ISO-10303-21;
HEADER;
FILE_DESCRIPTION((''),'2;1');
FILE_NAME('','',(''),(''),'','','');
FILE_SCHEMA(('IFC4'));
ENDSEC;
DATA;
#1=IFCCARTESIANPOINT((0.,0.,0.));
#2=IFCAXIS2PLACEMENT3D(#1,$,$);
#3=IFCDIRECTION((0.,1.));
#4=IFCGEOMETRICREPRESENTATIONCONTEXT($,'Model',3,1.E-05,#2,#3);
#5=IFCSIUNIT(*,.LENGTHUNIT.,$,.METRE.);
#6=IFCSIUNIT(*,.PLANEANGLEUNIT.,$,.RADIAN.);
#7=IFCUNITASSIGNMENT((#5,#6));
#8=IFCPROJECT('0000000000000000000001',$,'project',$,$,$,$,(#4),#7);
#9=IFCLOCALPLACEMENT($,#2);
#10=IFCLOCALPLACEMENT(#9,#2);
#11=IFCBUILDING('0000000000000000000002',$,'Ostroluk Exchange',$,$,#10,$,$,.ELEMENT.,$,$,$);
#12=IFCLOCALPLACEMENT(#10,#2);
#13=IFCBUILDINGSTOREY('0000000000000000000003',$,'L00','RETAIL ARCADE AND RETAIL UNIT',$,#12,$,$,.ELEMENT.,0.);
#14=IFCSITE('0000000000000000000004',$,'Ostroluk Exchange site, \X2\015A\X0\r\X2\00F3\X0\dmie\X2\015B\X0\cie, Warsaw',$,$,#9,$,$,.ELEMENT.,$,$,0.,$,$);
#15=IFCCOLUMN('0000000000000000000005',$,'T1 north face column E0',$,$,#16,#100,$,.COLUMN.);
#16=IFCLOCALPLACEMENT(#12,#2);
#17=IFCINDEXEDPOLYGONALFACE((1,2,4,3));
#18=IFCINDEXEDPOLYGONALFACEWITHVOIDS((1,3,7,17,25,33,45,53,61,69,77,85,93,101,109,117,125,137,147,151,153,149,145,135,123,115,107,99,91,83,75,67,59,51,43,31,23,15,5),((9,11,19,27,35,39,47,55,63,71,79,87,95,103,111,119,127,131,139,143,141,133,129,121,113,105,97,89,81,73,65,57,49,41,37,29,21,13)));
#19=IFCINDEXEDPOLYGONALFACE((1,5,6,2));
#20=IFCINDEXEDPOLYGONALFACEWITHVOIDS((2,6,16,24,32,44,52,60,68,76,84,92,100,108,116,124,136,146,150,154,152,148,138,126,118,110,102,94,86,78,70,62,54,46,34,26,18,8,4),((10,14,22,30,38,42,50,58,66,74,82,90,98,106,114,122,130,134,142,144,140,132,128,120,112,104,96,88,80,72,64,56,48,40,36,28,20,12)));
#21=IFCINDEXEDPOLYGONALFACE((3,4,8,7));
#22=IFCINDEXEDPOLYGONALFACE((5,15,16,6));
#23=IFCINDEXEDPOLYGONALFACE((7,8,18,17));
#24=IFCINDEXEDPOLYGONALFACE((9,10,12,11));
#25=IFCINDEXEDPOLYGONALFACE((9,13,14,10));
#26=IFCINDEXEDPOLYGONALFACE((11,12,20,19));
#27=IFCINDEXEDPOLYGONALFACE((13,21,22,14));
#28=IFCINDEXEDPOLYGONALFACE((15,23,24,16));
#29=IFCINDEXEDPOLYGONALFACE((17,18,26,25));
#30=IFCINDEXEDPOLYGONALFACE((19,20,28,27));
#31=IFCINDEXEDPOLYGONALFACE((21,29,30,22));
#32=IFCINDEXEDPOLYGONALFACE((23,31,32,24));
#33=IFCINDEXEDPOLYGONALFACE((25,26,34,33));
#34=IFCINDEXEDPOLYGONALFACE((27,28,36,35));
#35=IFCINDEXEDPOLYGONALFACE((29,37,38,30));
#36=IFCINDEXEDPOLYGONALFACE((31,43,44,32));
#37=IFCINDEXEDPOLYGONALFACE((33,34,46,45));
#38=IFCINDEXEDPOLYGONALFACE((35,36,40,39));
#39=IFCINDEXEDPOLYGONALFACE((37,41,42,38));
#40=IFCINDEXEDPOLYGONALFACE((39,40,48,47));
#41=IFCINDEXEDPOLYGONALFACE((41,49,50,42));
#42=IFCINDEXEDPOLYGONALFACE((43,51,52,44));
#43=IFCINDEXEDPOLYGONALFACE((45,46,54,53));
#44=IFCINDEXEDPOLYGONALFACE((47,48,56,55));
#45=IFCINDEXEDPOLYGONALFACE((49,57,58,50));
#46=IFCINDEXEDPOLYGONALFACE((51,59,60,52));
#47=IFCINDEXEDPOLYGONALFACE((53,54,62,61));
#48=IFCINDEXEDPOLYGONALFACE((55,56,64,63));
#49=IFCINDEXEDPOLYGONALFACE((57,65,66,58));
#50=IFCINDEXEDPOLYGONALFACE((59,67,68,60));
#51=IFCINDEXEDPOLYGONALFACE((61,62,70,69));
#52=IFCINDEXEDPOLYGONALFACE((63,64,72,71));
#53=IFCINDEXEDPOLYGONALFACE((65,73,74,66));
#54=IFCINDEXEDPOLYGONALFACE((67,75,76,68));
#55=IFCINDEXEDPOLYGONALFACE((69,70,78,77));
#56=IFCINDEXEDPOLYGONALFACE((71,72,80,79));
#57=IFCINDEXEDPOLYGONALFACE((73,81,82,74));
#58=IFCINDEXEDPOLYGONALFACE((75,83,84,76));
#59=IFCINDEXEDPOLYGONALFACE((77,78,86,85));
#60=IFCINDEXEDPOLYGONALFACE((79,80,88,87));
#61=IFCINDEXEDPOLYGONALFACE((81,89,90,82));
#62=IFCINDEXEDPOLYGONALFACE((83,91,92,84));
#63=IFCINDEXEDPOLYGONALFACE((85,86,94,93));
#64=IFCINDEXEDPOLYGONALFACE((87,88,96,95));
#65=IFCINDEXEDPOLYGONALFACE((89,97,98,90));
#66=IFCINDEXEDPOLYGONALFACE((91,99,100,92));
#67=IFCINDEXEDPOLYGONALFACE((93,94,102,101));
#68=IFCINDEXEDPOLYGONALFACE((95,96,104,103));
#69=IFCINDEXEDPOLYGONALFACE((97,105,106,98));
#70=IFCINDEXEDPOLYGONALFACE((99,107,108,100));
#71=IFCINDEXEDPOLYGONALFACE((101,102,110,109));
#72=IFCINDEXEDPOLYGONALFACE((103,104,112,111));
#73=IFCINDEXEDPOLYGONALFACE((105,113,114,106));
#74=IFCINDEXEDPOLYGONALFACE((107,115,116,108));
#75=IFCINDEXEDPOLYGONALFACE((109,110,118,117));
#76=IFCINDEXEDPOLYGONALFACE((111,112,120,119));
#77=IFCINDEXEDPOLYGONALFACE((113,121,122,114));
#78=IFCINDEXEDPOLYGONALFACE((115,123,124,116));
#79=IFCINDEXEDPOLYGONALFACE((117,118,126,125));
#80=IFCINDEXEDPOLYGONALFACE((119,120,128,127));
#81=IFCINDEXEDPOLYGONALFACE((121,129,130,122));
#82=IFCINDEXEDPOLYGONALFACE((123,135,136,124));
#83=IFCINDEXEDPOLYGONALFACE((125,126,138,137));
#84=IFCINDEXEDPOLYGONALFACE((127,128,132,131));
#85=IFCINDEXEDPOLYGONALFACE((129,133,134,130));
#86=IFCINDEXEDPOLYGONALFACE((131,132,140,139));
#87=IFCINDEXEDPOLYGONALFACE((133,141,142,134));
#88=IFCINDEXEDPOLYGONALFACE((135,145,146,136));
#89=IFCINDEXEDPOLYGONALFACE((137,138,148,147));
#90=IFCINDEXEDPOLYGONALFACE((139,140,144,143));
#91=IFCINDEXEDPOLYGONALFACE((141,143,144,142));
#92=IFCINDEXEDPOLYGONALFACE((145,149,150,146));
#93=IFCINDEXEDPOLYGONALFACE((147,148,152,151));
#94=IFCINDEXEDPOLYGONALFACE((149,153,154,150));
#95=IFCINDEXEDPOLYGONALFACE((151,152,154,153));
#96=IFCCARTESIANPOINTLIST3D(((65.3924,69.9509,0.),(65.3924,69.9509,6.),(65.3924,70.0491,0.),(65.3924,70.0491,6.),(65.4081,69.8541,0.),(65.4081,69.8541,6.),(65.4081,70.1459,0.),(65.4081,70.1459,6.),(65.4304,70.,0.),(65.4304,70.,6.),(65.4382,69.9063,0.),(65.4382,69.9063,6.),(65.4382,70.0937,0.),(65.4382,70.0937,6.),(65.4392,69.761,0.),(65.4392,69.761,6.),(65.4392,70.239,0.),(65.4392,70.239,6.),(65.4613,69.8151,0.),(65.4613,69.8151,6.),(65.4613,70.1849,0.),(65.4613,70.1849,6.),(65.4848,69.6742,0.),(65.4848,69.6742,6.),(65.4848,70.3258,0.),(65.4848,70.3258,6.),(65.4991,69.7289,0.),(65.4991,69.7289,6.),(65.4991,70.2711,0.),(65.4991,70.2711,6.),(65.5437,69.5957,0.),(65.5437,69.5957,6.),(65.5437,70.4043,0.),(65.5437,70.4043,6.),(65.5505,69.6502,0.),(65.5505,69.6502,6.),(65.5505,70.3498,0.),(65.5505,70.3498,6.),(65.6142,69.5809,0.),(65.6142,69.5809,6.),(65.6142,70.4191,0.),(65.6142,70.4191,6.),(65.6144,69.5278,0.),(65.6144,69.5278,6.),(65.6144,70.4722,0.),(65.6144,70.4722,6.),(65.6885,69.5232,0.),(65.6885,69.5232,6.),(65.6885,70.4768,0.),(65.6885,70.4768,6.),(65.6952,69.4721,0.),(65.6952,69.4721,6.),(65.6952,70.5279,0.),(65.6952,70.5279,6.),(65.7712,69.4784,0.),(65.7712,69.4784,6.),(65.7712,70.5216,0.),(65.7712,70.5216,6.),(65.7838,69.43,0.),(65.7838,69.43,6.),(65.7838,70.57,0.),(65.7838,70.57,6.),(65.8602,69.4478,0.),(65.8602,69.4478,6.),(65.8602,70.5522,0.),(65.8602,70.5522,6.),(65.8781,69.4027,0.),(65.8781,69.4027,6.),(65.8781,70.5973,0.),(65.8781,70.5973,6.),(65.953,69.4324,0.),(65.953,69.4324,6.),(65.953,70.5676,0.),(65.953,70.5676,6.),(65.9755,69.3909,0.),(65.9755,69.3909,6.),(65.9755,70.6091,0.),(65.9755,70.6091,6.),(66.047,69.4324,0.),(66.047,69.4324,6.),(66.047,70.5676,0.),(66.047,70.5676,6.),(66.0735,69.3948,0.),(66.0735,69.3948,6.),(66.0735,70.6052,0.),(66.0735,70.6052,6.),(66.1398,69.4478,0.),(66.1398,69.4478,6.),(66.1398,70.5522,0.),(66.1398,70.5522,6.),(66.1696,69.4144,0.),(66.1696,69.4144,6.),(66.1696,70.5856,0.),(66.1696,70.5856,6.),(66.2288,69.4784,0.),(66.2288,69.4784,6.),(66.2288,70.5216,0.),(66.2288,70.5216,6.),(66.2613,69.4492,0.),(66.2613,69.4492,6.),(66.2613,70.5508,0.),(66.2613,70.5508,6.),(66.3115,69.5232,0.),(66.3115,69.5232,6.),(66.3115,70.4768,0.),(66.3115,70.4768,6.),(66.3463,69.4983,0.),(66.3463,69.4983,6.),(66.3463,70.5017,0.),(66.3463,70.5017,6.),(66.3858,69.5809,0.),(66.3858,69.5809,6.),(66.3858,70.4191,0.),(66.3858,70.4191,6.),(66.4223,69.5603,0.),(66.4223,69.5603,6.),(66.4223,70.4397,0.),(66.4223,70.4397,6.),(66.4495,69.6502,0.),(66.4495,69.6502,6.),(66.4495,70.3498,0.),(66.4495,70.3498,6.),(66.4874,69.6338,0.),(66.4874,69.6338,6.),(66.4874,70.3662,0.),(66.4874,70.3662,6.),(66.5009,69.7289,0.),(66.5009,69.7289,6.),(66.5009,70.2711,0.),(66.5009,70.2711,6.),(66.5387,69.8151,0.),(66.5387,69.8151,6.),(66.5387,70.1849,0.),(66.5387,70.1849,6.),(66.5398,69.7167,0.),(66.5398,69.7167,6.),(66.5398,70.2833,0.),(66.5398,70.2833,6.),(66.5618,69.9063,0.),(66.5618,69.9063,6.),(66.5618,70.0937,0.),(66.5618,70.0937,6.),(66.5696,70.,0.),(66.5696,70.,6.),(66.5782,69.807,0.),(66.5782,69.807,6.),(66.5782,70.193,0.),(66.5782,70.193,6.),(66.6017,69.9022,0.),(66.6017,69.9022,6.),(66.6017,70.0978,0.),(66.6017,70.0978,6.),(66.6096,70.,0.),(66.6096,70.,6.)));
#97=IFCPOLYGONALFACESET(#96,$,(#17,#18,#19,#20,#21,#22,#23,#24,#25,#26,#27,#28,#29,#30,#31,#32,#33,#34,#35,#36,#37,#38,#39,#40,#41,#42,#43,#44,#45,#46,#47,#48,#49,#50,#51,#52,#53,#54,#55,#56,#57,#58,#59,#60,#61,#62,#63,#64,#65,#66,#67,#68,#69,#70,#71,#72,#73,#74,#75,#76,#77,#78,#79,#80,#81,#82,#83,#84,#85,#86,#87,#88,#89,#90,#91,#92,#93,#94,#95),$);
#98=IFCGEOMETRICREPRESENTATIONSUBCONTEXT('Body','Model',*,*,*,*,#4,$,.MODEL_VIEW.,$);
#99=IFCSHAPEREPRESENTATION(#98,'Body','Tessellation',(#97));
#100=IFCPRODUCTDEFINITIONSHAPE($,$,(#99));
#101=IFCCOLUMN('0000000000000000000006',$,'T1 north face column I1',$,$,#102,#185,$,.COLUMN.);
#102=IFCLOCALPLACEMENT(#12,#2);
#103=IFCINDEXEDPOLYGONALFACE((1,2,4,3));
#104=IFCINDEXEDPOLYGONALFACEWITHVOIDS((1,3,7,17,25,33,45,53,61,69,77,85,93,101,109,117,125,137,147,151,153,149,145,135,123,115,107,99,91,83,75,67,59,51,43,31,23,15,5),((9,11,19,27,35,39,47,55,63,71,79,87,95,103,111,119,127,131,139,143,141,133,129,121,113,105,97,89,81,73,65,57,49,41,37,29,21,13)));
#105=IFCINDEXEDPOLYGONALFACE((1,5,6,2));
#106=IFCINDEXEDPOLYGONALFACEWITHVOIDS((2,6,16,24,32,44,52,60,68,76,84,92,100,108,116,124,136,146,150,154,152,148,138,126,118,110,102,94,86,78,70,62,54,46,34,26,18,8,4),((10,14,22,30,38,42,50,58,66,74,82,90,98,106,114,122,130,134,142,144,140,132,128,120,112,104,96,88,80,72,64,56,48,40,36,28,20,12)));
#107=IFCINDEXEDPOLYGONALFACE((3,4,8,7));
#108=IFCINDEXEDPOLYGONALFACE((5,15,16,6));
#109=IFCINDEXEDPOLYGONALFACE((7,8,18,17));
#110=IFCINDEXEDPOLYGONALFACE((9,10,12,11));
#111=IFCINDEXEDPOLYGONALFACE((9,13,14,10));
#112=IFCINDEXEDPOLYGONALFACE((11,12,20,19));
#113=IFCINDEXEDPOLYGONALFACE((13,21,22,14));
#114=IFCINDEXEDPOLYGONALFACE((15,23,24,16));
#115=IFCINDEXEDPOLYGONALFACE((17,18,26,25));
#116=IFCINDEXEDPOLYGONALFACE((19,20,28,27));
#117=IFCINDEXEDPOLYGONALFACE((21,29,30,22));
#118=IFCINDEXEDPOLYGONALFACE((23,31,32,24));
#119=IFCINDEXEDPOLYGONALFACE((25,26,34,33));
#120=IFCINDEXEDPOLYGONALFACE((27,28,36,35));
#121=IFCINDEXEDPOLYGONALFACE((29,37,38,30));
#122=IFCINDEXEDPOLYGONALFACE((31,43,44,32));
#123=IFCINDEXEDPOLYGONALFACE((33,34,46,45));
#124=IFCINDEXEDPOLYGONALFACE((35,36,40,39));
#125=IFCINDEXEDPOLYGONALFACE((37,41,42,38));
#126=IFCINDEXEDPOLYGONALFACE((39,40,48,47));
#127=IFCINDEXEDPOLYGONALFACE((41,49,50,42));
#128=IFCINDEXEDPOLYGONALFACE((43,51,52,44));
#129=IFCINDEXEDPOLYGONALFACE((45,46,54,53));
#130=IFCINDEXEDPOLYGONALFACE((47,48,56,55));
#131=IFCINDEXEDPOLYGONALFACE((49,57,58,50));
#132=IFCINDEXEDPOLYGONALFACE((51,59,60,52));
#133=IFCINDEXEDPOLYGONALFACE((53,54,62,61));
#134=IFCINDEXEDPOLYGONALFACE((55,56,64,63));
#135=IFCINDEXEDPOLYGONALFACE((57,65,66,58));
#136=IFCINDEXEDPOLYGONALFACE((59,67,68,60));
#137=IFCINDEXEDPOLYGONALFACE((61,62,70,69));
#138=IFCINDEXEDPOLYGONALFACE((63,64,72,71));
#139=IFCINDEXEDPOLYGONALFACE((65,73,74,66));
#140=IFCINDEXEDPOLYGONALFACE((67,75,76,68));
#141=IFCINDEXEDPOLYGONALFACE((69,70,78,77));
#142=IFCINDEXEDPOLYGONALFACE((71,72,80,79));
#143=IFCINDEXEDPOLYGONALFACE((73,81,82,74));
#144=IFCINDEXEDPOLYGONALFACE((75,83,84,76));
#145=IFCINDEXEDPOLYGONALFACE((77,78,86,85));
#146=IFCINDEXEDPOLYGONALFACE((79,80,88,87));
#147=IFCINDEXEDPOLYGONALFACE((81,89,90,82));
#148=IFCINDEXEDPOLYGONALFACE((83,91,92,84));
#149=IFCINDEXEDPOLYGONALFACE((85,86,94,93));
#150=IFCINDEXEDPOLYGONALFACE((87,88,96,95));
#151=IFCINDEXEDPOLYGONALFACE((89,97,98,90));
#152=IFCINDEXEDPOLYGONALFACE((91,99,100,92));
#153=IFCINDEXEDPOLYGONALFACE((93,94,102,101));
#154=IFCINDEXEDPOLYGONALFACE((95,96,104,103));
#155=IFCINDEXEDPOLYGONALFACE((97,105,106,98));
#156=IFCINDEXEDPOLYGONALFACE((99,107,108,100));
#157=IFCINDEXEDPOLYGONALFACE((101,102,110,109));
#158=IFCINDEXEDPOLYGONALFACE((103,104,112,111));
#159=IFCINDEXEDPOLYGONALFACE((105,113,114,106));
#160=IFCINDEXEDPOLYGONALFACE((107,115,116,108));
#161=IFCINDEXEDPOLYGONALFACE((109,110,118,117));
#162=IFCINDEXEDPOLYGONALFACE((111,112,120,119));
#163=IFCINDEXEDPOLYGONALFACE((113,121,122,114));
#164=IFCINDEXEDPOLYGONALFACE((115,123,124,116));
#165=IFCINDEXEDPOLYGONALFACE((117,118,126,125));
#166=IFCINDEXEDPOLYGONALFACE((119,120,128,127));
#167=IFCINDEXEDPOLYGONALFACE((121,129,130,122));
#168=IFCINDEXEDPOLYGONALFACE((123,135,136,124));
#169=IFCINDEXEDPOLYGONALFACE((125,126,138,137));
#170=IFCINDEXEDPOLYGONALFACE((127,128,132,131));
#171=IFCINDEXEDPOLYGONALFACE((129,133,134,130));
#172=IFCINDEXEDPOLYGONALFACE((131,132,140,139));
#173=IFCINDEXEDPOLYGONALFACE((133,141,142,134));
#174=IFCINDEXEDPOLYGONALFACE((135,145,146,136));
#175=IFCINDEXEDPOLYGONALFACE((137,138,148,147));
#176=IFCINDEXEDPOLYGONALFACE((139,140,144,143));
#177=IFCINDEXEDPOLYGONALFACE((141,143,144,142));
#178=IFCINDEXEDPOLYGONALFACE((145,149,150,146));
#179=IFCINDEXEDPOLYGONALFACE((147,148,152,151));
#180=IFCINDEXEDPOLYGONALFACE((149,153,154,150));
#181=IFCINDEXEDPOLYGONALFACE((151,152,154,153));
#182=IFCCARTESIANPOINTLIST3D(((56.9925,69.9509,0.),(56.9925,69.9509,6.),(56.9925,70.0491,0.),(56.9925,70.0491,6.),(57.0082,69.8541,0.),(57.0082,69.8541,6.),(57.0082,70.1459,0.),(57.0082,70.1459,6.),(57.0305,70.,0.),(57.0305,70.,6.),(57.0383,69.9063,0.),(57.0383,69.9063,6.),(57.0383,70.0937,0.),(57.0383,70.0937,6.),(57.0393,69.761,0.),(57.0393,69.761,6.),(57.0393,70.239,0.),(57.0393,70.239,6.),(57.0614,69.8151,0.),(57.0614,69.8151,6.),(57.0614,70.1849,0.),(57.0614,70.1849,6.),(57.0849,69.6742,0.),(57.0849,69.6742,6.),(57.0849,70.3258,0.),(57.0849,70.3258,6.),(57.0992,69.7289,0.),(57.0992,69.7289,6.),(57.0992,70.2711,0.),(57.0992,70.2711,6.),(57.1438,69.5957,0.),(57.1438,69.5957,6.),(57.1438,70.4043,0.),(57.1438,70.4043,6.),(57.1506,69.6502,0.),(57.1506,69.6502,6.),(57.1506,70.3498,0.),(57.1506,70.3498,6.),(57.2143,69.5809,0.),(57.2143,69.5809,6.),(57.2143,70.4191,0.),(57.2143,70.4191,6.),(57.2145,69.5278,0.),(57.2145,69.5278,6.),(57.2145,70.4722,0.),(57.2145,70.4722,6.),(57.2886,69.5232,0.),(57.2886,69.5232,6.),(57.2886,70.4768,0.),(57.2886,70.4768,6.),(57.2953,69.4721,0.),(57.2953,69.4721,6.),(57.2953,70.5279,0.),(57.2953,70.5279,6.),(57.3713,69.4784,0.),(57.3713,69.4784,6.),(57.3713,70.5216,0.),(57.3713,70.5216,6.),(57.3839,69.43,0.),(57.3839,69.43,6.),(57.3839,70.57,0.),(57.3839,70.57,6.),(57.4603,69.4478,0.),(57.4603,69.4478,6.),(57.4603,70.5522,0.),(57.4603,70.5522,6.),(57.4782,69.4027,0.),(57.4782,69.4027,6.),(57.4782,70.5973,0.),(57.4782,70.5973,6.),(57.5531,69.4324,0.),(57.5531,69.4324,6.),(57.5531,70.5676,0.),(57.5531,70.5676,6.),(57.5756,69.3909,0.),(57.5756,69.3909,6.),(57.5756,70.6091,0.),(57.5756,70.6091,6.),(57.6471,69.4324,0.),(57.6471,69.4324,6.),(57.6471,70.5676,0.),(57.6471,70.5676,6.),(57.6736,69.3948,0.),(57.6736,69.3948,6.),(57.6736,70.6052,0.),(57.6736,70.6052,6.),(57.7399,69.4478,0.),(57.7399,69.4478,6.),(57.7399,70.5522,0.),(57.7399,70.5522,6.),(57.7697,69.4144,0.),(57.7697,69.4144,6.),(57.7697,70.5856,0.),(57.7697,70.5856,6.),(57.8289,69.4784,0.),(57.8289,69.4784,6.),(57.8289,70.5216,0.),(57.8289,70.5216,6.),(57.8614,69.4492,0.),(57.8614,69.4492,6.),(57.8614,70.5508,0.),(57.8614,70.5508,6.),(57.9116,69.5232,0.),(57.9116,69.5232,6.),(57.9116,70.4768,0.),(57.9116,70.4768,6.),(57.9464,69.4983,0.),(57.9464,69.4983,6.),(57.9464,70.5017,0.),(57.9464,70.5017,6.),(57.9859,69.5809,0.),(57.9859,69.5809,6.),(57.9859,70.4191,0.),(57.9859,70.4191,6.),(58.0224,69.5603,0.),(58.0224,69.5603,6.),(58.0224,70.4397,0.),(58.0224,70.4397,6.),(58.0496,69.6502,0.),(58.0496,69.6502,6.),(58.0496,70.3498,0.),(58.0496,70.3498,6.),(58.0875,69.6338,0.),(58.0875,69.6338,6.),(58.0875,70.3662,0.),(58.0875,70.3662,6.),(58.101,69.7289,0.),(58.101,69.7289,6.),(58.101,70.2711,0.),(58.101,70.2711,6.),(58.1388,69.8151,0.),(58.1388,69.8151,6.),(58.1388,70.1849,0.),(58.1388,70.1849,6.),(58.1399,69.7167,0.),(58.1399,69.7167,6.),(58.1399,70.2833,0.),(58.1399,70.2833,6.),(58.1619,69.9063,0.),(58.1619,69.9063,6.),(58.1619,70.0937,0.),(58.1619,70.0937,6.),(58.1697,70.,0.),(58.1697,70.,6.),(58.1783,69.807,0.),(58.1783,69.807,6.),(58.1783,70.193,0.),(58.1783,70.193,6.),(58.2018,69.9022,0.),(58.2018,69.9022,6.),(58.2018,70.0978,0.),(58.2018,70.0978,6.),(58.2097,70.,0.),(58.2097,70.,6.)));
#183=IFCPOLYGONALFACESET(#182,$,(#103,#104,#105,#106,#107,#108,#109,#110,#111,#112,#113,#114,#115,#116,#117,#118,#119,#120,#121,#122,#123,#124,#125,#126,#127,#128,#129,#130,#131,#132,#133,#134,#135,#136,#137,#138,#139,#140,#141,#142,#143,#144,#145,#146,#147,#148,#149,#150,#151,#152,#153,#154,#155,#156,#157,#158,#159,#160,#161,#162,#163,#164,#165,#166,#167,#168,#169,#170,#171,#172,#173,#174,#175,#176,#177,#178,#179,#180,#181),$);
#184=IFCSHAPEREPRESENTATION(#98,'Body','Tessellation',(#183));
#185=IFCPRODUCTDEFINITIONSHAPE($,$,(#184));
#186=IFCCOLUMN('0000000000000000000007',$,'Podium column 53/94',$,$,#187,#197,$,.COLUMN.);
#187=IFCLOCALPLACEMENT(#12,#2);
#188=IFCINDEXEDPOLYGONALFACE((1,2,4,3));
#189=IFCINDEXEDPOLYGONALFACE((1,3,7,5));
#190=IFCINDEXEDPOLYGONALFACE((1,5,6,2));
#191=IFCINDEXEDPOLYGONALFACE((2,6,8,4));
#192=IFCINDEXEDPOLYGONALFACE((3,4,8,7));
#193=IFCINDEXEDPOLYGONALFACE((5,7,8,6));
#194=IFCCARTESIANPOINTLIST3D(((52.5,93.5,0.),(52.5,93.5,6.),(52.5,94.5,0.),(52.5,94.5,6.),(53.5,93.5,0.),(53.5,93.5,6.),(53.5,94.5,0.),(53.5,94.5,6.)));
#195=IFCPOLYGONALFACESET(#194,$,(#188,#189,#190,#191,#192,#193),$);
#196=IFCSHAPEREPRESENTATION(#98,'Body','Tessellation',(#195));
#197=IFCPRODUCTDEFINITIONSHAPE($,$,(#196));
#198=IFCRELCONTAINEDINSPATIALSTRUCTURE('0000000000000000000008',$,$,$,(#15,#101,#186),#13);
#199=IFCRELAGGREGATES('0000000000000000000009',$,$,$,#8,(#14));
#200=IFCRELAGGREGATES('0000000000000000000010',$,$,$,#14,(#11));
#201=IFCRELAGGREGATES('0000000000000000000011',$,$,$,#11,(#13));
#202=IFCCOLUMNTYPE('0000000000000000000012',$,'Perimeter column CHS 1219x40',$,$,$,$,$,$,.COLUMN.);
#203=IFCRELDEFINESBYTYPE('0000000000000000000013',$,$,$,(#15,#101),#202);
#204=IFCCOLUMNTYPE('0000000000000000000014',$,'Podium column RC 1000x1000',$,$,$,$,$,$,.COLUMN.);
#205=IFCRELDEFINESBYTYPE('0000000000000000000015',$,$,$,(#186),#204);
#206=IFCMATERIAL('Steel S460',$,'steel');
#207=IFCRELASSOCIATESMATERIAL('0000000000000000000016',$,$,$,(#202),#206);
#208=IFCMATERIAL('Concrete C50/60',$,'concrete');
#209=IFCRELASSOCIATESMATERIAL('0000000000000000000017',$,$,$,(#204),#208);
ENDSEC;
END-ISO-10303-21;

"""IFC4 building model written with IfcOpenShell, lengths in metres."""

from ifc_helpers import new_model, si_unit, direction, frame, origin, origin_2d, place, context, subcontext, project, spatial, rectangle, hollow_circle, extrude, material, material_profile, profile_set, type_object, element, save


model = new_model("IFC4")

# Units and contexts
model_context = context("Model", 3, precision=1e-05, world=origin(), true_north=direction((0.0, 1.0)))
body_context = subcontext(model_context, "Body", "Model", "MODEL_VIEW")
ifc_project = project(units=[si_unit("LENGTHUNIT", "METRE"), si_unit("PLANEANGLEUNIT", "RADIAN")], contexts=[model_context])

# Site, building, storey
site_placement = place(None, origin())
site = spatial("IfcSite", under=ifc_project, at=site_placement, Name="Ostroluk Exchange site, Śródmieście, Warsaw", CompositionType="ELEMENT", RefElevation=0.0)
building_placement = place(site_placement, origin())
building = spatial("IfcBuilding", under=site, at=building_placement, Name="Ostroluk Exchange", CompositionType="ELEMENT")
storey_placement = place(building_placement, origin())
storey = spatial("IfcBuildingStorey", under=building, at=storey_placement, Name="L00", Description="RETAIL ARCADE AND RETAIL UNIT", CompositionType="ELEMENT", Elevation=0.0)

# Columns
ifc_material_1 = material(Name="Steel S460", Category="steel")
ifc_material_profile_1 = material_profile(ifc_material_1, hollow_circle(Radius=0.6096, WallThickness=0.04, at=origin_2d()), Name="CHS 1219x40")
ifc_profile_set_1 = profile_set([ifc_material_profile_1], Name="Steel S460")
column_type_1 = type_object("IfcColumnType", Name="Perimeter column CHS 1219x40", PredefinedType="COLUMN", material=ifc_profile_set_1)
for number, where, z_axis, x_axis, name in (
    (1, (66.0, 70.0, 0.0), (0.0, 0.0, 1.0), (1.0, 0.0, 0.0), "T1 north face column E0"),
    (2, (57.6001, 70.0, 0.0), (0.0, 0.0, 1.0), (1.0, 0.0, 0.0), "T1 north face column I1"),
):
    element("IfcColumn", number, at=place(storey_placement, frame(where, z_axis=z_axis, x_axis=x_axis)), inside=storey, type_object=column_type_1, Name=name, PredefinedType="COLUMN", context=body_context, shape_type="SweptSolid", body=[
        extrude(hollow_circle(Radius=0.6096, WallThickness=0.04, at=origin_2d()), origin(), (0.0, 0.0, 1.0), 6.0),
    ])
ifc_material_2 = material(Name="Concrete C50/60", Category="concrete")
ifc_material_profile_2 = material_profile(ifc_material_2, rectangle(XDim=1.0, YDim=1.0, at=origin_2d()), Name="RC 1000x1000")
ifc_profile_set_2 = profile_set([ifc_material_profile_2], Name="Concrete C50/60")
column_type_2 = type_object("IfcColumnType", Name="Podium column RC 1000x1000", PredefinedType="COLUMN", material=ifc_profile_set_2)
for number, where, z_axis, x_axis, name in (
    (3, (53.0, 94.0, 0.0), (0.0, 0.0, 1.0), (1.0, 0.0, 0.0), "Podium column 53/94"),
):
    element("IfcColumn", number, at=place(storey_placement, frame(where, z_axis=z_axis, x_axis=x_axis)), inside=storey, type_object=column_type_2, Name=name, PredefinedType="COLUMN", context=body_context, shape_type="SweptSolid", body=[
        extrude(rectangle(XDim=1.0, YDim=1.0, at=origin_2d()), origin(), (0.0, 0.0, 1.0), 6.0),
    ])

save(model, "model.ifc")
